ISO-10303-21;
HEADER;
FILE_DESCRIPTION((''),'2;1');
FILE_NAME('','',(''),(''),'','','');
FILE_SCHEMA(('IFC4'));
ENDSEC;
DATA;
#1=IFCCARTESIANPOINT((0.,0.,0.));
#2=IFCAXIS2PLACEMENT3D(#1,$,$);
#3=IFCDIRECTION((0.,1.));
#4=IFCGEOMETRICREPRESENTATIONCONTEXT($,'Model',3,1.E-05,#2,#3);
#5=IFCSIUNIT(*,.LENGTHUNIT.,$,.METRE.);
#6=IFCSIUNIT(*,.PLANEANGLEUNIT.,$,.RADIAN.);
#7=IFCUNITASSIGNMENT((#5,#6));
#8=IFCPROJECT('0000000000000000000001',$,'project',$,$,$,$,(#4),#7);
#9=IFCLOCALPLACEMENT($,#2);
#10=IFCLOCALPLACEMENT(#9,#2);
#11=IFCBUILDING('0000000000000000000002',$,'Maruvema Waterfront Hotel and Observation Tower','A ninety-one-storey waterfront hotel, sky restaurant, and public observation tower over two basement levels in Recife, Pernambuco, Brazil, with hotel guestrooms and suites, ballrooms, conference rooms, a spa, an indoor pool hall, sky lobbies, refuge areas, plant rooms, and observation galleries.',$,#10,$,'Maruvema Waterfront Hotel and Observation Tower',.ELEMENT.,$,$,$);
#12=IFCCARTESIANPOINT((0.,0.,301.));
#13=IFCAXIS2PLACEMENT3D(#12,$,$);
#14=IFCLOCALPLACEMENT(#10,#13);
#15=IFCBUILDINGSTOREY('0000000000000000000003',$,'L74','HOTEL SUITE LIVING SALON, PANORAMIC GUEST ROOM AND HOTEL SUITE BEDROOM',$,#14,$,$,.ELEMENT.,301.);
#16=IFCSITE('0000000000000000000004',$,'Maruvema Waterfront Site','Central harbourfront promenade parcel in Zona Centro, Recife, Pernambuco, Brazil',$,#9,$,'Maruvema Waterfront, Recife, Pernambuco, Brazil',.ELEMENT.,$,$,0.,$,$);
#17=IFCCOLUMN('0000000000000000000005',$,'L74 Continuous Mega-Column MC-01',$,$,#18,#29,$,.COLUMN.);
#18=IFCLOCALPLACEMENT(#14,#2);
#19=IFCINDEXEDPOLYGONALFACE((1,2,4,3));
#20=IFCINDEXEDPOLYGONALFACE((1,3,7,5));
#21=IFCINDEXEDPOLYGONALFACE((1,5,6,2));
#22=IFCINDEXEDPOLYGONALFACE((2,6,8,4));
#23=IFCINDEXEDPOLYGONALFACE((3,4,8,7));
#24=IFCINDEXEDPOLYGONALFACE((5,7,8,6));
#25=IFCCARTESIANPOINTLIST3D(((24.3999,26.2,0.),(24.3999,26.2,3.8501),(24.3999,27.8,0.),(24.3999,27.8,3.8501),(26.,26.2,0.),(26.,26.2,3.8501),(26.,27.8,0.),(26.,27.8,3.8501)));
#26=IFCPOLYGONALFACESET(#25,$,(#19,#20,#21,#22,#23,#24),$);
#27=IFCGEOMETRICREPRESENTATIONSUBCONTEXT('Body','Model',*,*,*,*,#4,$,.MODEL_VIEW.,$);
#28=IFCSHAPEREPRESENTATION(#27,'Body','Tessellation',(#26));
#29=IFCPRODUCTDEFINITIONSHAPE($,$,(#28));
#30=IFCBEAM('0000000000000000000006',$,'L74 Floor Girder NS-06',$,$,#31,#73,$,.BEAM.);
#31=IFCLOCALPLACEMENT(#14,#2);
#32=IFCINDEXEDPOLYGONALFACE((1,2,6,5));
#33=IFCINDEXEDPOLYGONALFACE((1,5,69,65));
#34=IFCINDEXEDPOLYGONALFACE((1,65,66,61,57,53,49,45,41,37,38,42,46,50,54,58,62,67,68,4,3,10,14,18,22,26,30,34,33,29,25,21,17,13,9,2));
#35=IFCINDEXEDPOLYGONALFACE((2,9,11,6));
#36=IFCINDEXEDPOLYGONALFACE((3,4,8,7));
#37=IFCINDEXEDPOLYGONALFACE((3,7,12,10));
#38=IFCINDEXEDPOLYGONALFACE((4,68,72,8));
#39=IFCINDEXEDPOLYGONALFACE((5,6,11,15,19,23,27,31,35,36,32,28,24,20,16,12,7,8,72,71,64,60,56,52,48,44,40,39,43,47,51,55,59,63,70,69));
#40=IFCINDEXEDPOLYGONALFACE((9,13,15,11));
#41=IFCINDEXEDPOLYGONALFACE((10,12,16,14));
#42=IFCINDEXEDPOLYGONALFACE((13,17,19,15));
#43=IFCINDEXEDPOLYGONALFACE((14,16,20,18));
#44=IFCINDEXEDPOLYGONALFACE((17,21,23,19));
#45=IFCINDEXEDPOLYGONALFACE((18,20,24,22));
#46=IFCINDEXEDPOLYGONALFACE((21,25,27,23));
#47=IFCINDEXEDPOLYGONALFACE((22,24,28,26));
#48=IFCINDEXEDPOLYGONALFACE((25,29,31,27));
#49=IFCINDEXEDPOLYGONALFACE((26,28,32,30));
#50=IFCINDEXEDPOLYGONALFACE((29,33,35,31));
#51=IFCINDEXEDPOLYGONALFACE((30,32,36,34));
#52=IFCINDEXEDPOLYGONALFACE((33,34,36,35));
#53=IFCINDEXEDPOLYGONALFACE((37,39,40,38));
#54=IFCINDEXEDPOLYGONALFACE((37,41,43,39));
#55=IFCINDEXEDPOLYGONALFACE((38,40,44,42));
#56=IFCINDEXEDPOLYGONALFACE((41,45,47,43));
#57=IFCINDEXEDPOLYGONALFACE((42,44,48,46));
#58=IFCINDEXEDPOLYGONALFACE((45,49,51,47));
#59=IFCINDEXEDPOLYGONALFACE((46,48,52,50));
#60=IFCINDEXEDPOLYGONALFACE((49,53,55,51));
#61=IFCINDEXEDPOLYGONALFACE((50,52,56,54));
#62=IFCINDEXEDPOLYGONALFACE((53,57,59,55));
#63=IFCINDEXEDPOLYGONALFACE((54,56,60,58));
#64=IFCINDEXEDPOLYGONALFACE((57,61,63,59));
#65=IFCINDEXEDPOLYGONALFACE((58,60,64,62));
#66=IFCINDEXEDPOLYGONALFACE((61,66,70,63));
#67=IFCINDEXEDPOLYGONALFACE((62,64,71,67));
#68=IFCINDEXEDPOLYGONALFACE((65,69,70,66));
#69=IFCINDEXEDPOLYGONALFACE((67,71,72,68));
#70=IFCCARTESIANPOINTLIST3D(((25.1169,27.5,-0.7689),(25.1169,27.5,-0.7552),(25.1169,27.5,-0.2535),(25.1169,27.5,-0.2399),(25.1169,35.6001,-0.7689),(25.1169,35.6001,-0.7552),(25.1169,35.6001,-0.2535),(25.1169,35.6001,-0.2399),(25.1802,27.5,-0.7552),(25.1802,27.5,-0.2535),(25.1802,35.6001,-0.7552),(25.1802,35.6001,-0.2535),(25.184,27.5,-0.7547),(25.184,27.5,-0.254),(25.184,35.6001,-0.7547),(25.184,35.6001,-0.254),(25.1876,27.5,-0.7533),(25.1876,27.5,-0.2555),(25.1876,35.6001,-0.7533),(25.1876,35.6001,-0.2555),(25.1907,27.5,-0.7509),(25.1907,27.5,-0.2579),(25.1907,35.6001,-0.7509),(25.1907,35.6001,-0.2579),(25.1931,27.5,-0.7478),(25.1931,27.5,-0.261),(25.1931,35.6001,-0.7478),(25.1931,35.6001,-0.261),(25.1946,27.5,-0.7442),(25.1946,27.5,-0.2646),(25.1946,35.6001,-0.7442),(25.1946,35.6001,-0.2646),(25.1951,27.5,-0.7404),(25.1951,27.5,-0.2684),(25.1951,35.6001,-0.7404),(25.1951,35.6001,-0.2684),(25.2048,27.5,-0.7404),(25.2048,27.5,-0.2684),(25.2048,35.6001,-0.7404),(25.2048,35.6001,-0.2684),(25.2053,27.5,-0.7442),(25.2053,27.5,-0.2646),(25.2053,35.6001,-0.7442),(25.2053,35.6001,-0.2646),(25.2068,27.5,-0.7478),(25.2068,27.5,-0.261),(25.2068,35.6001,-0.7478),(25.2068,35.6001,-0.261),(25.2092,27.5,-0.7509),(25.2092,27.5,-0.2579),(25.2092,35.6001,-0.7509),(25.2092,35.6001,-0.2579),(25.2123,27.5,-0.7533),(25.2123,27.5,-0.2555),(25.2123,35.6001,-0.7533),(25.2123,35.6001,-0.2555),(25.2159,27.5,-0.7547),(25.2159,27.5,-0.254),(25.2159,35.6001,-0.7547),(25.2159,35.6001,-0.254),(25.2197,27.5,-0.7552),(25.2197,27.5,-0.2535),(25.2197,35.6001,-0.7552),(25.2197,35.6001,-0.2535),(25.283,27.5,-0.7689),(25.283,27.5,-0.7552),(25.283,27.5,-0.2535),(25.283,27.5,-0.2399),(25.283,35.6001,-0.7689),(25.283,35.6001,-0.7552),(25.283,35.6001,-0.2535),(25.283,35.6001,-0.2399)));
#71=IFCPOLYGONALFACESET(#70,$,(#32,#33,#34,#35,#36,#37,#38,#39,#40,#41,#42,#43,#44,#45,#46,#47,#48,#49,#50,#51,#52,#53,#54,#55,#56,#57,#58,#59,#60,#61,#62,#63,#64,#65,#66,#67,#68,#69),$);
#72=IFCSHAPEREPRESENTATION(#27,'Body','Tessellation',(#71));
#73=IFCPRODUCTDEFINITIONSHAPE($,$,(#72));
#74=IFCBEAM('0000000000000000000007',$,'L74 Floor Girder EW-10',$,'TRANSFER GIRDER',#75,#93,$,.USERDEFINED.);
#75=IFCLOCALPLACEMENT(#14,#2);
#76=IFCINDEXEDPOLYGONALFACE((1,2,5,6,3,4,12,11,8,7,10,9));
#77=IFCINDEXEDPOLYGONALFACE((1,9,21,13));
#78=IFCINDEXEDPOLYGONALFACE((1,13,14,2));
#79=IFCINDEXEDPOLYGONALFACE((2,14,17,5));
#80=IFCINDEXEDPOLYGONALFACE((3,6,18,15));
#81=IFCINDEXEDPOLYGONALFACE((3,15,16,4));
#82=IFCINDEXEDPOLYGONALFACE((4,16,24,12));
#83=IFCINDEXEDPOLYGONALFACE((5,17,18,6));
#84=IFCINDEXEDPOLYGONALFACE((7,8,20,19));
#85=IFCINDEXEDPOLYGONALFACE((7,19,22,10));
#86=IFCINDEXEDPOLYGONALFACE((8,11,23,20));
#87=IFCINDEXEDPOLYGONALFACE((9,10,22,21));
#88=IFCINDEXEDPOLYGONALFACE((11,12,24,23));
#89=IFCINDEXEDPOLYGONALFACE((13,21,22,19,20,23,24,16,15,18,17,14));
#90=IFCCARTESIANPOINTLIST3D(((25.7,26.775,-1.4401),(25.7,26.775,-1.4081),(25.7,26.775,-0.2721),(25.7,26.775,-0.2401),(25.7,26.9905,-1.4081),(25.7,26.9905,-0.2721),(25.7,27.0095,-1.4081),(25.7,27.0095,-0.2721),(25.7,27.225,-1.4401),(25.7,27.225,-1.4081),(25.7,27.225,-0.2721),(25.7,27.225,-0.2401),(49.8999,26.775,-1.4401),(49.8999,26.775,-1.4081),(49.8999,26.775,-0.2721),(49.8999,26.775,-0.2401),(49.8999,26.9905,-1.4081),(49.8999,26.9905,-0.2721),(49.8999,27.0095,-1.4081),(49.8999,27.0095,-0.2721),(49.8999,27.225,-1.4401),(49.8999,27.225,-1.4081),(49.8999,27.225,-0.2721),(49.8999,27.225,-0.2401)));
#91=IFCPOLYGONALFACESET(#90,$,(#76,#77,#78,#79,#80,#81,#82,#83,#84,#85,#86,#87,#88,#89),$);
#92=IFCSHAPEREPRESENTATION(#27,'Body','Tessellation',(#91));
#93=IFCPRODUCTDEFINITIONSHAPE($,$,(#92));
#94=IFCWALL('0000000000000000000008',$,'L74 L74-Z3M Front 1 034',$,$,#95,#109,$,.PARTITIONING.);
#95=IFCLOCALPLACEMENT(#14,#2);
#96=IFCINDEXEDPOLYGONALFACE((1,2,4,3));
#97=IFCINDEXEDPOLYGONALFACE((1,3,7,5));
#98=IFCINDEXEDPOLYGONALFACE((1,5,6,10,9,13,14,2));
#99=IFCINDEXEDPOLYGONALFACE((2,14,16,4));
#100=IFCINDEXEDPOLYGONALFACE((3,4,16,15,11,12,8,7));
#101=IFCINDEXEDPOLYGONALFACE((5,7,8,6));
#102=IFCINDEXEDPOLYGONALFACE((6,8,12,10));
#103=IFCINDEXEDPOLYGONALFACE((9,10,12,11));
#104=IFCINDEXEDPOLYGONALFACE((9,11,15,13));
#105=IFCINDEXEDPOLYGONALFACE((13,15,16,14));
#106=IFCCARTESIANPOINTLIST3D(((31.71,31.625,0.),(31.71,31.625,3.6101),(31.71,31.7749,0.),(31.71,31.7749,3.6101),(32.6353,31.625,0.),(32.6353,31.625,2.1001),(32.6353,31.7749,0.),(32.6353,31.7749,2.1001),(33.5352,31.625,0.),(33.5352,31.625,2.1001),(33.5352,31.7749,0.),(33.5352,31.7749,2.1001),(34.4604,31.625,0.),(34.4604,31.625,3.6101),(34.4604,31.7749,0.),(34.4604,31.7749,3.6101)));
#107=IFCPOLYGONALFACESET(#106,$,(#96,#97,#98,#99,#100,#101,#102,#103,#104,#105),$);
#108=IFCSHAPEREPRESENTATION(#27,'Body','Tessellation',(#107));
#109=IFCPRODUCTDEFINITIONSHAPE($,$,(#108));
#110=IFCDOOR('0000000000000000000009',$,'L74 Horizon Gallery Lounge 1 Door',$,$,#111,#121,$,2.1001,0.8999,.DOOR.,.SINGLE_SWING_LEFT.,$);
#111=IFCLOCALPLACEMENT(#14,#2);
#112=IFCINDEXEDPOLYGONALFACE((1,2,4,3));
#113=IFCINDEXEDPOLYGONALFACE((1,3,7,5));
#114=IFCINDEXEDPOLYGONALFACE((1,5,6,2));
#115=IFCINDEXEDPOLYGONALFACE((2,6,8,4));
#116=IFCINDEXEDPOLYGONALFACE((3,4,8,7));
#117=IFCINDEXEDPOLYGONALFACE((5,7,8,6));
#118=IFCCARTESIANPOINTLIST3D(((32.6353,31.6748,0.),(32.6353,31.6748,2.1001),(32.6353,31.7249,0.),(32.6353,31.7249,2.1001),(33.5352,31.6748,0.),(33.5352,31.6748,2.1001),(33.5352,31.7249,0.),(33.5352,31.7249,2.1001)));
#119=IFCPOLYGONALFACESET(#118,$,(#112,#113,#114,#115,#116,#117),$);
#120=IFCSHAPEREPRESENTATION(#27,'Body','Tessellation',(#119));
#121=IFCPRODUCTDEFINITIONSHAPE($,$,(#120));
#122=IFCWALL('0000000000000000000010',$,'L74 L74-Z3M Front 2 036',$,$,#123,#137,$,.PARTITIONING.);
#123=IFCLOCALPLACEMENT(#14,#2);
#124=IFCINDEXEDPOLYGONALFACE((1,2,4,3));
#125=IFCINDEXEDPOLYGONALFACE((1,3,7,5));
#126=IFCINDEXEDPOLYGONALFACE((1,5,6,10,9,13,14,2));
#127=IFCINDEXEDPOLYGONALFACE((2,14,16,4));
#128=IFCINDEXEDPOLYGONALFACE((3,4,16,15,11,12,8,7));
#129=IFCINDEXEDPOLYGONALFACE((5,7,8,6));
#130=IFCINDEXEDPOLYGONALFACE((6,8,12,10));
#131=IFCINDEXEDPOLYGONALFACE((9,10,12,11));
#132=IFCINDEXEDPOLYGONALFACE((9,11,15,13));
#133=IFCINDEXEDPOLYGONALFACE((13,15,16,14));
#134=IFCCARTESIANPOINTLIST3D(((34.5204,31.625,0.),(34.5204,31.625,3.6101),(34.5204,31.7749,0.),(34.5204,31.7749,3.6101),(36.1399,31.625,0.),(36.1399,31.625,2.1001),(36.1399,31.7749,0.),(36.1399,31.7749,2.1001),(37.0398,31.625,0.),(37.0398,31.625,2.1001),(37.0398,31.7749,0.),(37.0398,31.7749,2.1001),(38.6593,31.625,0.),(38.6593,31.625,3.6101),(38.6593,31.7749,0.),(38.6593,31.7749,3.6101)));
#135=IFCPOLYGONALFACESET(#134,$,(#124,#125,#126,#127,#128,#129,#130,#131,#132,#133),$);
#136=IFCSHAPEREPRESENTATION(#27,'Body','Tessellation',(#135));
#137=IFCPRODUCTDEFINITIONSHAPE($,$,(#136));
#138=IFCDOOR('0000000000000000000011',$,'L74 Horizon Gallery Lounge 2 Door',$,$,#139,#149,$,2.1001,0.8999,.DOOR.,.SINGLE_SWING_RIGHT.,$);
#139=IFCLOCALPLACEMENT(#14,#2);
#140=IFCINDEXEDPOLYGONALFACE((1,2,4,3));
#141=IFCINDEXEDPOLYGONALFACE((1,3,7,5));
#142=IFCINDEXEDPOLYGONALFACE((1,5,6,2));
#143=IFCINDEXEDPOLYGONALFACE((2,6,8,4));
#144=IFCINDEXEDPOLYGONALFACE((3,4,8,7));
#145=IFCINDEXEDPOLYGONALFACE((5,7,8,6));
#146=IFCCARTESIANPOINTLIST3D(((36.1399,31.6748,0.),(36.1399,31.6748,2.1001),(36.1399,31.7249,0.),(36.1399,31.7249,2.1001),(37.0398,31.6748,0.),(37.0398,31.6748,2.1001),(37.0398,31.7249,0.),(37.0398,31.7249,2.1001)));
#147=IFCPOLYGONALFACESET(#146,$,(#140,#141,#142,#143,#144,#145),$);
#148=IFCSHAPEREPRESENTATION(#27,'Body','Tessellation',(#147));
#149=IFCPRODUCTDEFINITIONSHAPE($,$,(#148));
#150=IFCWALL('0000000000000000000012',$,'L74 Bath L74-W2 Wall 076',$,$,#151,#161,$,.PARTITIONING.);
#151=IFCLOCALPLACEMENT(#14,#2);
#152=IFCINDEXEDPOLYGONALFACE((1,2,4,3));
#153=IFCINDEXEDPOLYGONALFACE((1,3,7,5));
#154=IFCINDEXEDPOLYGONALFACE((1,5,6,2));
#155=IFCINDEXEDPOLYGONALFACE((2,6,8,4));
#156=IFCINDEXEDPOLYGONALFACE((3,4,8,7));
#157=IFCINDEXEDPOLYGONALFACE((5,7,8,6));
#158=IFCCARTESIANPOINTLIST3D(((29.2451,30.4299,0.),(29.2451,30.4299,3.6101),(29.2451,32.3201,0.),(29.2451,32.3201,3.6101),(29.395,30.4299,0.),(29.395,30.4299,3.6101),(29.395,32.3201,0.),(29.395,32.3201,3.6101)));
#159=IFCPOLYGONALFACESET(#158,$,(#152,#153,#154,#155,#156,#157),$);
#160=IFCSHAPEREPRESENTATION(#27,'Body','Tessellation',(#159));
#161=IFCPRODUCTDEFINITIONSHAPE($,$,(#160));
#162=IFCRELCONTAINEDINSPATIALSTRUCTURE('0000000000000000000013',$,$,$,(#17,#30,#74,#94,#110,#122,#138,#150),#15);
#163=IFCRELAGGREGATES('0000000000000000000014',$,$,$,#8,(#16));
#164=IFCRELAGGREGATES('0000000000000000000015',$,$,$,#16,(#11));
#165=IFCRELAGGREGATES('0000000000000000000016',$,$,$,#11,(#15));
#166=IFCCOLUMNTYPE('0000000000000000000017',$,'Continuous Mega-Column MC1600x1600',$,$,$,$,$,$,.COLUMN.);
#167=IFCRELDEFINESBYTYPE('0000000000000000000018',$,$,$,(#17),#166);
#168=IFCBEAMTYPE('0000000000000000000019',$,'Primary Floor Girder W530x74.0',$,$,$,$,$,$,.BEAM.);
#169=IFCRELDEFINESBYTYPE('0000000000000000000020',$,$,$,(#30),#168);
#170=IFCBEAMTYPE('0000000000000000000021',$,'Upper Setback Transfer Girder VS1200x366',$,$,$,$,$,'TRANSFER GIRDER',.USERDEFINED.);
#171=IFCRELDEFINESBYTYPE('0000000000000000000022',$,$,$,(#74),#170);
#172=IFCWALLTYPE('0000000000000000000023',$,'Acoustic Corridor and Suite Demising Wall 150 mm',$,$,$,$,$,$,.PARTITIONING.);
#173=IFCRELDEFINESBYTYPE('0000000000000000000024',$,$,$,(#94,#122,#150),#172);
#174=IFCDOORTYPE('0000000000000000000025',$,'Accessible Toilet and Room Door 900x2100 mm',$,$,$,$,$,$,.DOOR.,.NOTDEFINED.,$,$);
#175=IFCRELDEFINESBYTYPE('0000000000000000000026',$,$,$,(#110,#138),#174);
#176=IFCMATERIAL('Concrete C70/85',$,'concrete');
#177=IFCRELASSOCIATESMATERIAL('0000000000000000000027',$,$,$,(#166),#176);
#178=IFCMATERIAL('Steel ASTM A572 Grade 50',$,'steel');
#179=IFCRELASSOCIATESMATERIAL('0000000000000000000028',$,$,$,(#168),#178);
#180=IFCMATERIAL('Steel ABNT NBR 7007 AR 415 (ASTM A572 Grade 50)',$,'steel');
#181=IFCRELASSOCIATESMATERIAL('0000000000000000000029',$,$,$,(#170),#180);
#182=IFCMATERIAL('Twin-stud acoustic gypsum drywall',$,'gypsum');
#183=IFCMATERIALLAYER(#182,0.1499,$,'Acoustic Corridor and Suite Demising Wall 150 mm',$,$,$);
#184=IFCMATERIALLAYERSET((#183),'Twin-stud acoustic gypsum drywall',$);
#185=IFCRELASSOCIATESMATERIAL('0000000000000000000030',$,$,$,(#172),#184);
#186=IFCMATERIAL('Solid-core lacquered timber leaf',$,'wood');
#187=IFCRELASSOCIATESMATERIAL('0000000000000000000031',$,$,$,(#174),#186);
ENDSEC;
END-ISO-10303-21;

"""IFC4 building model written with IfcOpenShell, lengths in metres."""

from ifc_helpers import new_model, si_unit, direction, frame, frame_2d, origin, origin_2d, place, context, subcontext, project, spatial, rectangle, i_section, extrude, material, layer, layer_set, material_profile, profile_set, type_object, element, fill, save


model = new_model("IFC4")

# Units and contexts
model_context = context("Model", 3, precision=1e-05, world=origin(), true_north=direction((0.0, 1.0)))
body_context = subcontext(model_context, "Body", "Model", "MODEL_VIEW")
ifc_project = project(units=[si_unit("LENGTHUNIT", "METRE"), si_unit("PLANEANGLEUNIT", "RADIAN")], contexts=[model_context])

# Site, building, storey
site_placement = place(None, origin())
site = spatial("IfcSite", under=ifc_project, at=site_placement, Name="Maruvema Waterfront Site", Description="Central harbourfront promenade parcel in Zona Centro, Recife, Pernambuco, Brazil", LongName="Maruvema Waterfront, Recife, Pernambuco, Brazil", CompositionType="ELEMENT", RefElevation=0.0)
building_placement = place(site_placement, origin())
building = spatial("IfcBuilding", under=site, at=building_placement, Name="Maruvema Waterfront Hotel and Observation Tower", Description="A ninety-one-storey waterfront hotel, sky restaurant, and public observation tower over two basement levels in Recife, Pernambuco, Brazil, with hotel guestrooms and suites, ballrooms, conference rooms, a spa, an indoor pool hall, sky lobbies, refuge areas, plant rooms, and observation galleries.", LongName="Maruvema Waterfront Hotel and Observation Tower", CompositionType="ELEMENT")
storey_placement = place(building_placement, frame((0.0, 0.0, 301.0)))
storey = spatial("IfcBuildingStorey", under=building, at=storey_placement, Name="L74", Description="HOTEL SUITE LIVING SALON, PANORAMIC GUEST ROOM AND HOTEL SUITE BEDROOM", CompositionType="ELEMENT", Elevation=301.0)

# Column
ifc_material_1 = material(Name="Concrete C70/85", Category="concrete")
ifc_material_profile_1 = material_profile(ifc_material_1, rectangle(XDim=1.6001, YDim=1.6001, at=origin_2d()), Name="MC1600x1600")
ifc_profile_set_1 = profile_set([ifc_material_profile_1], Name="Concrete C70/85")
column_type = type_object("IfcColumnType", Name="Continuous Mega-Column MC1600x1600", PredefinedType="COLUMN", material=ifc_profile_set_1)
column_placement = place(storey_placement, frame((25.2, 27.0, 0.0), z_axis=(0.0, 0.0, 1.0), x_axis=(1.0, 0.0, 0.0)))
element("IfcColumn", 1, at=column_placement, inside=storey, type_object=column_type, Name="L74 Continuous Mega-Column MC-01", PredefinedType="COLUMN", context=body_context, shape_type="SweptSolid", body=[
    extrude(rectangle(XDim=1.6001, YDim=1.6001, at=origin_2d()), origin(), (0.0, 0.0, 1.0), 3.8501),
])

# Beams
ifc_material_2 = material(Name="Steel ASTM A572 Grade 50", Category="steel")
ifc_material_profile_2 = material_profile(ifc_material_2, i_section(OverallWidth=0.166, OverallDepth=0.5291, WebThickness=0.0098, FlangeThickness=0.0137, FilletRadius=0.0149, at=origin_2d()), Name="W530x74.0")
ifc_profile_set_2 = profile_set([ifc_material_profile_2], Name="Steel ASTM A572 Grade 50")
beam_type_1 = type_object("IfcBeamType", Name="Primary Floor Girder W530x74.0", PredefinedType="BEAM", material=ifc_profile_set_2)
beam_1_placement = place(storey_placement, frame((25.2, 27.5, -0.5044), z_axis=(0.0, 1.0, 0.0), x_axis=(-1.0, 0.0, 0.0)))
element("IfcBeam", 2, at=beam_1_placement, inside=storey, type_object=beam_type_1, Name="L74 Floor Girder NS-06", PredefinedType="BEAM", context=body_context, shape_type="SweptSolid", body=[
    extrude(i_section(OverallWidth=0.166, OverallDepth=0.5291, WebThickness=0.0098, FlangeThickness=0.0137, FilletRadius=0.0149, at=origin_2d()), origin(), (0.0, 0.0, 1.0), 8.1001),
])
ifc_material_3 = material(Name="Steel ABNT NBR 7007 AR 415 (ASTM A572 Grade 50)", Category="steel")
ifc_material_profile_3 = material_profile(ifc_material_3, i_section(OverallWidth=0.45, OverallDepth=1.2, WebThickness=0.019, FlangeThickness=0.032, at=origin_2d()), Name="VS1200x366")
ifc_profile_set_3 = profile_set([ifc_material_profile_3], Name="Steel ABNT NBR 7007 AR 415 (ASTM A572 Grade 50)")
beam_type_2 = type_object("IfcBeamType", Name="Upper Setback Transfer Girder VS1200x366", ElementType="TRANSFER GIRDER", PredefinedType="USERDEFINED", material=ifc_profile_set_3)
beam_2_placement = place(storey_placement, frame((25.7, 27.0, -0.8401), z_axis=(1.0, 0.0, 0.0), x_axis=(0.0, 1.0, 0.0)))
element("IfcBeam", 3, at=beam_2_placement, inside=storey, type_object=beam_type_2, Name="L74 Floor Girder EW-10", ObjectType="TRANSFER GIRDER", PredefinedType="USERDEFINED", context=body_context, shape_type="SweptSolid", body=[
    extrude(i_section(OverallWidth=0.45, OverallDepth=1.2, WebThickness=0.019, FlangeThickness=0.032, at=origin_2d()), origin(), (0.0, 0.0, 1.0), 24.2),
])

# Walls, openings, doors
ifc_material_4 = material(Name="Twin-stud acoustic gypsum drywall", Category="gypsum")
ifc_layer_1 = layer(ifc_material_4, 0.1499, Name="Acoustic Corridor and Suite Demising Wall 150 mm")
ifc_layer_set_1 = layer_set([ifc_layer_1], Name="Twin-stud acoustic gypsum drywall")
wall_type_1 = type_object("IfcWallType", Name="Acoustic Corridor and Suite Demising Wall 150 mm", PredefinedType="PARTITIONING", material=ifc_layer_set_1)
wall_1_placement = place(storey_placement, frame((31.71, 31.7, 0.0), z_axis=(0.0, 0.0, 1.0), x_axis=(1.0, 0.0, 0.0)))
wall_1 = element("IfcWall", 4, at=wall_1_placement, inside=storey, type_object=wall_type_1, Name="L74 L74-Z3M Front 1 034", PredefinedType="PARTITIONING", context=body_context, shape_type="SweptSolid", body=[
    extrude(rectangle(XDim=2.7505, YDim=0.1499, at=frame_2d((1.3752, 0.0))), origin(), (0.0, 0.0, 1.0), 3.6101),
])
opening_1_placement = place(wall_1_placement, frame((0.9253, 0.0, 0.0)))
opening_1 = element("IfcOpeningElement", 5, at=opening_1_placement, cuts=wall_1, PredefinedType="OPENING", context=body_context, shape_type="SweptSolid", body=[
    extrude(rectangle(XDim=0.8999, YDim=2.1001, at=frame_2d((0.45, 1.05))), frame((0.0, 0.085, 0.0), z_axis=(0.0, -1.0, 0.0), x_axis=(1.0, 0.0, 0.0)), (0.0, 0.0, 1.0), 0.1699),
])
ifc_material_5 = material(Name="Solid-core lacquered timber leaf", Category="wood")
door_type_1 = type_object("IfcDoorType", Name="Accessible Toilet and Room Door 900x2100 mm", OperationType="NOTDEFINED", PredefinedType="DOOR", material=ifc_material_5)
door_1_placement = place(opening_1_placement, origin())
door_1 = element("IfcDoor", 6, at=door_1_placement, inside=storey, type_object=door_type_1, Name="L74 Horizon Gallery Lounge 1 Door", OperationType="SINGLE_SWING_LEFT", OverallHeight=2.1001, OverallWidth=0.8999, PredefinedType="DOOR", context=body_context, shape_type="SweptSolid", body=[
    extrude(rectangle(XDim=0.8999, YDim=2.1001, at=frame_2d((0.45, 1.05))), frame((0.0, 0.0249, 0.0), z_axis=(0.0, -1.0, 0.0), x_axis=(1.0, 0.0, 0.0)), (0.0, 0.0, 1.0), 0.05),
])
fill(opening_1, door_1)
wall_2_placement = place(storey_placement, frame((34.5205, 31.7, 0.0), z_axis=(0.0, 0.0, 1.0), x_axis=(1.0, 0.0, 0.0)))
wall_2 = element("IfcWall", 7, at=wall_2_placement, inside=storey, type_object=wall_type_1, Name="L74 L74-Z3M Front 2 036", PredefinedType="PARTITIONING", context=body_context, shape_type="SweptSolid", body=[
    extrude(rectangle(XDim=4.1389, YDim=0.1499, at=frame_2d((2.0693, 0.0))), origin(), (0.0, 0.0, 1.0), 3.6101),
])
opening_2_placement = place(wall_2_placement, frame((1.6194, 0.0, 0.0)))
opening_2 = element("IfcOpeningElement", 8, at=opening_2_placement, cuts=wall_2, PredefinedType="OPENING", context=body_context, shape_type="SweptSolid", body=[
    extrude(rectangle(XDim=0.8999, YDim=2.1001, at=frame_2d((0.45, 1.05))), frame((0.0, 0.085, 0.0), z_axis=(0.0, -1.0, 0.0), x_axis=(1.0, 0.0, 0.0)), (0.0, 0.0, 1.0), 0.1699),
])
door_2_placement = place(opening_2_placement, origin())
door_2 = element("IfcDoor", 9, at=door_2_placement, inside=storey, type_object=door_type_1, Name="L74 Horizon Gallery Lounge 2 Door", OperationType="SINGLE_SWING_RIGHT", OverallHeight=2.1001, OverallWidth=0.8999, PredefinedType="DOOR", context=body_context, shape_type="SweptSolid", body=[
    extrude(rectangle(XDim=0.8999, YDim=2.1001, at=frame_2d((0.45, 1.05))), frame((0.0, 0.0249, 0.0), z_axis=(0.0, -1.0, 0.0), x_axis=(1.0, 0.0, 0.0)), (0.0, 0.0, 1.0), 0.05),
])
fill(opening_2, door_2)

# Wall
wall_3_placement = place(storey_placement, frame((29.3201, 30.4299, 0.0), z_axis=(0.0, 0.0, 1.0), x_axis=(0.0, 1.0, 0.0)))
element("IfcWall", 10, at=wall_3_placement, inside=storey, type_object=wall_type_1, Name="L74 Bath L74-W2 Wall 076", PredefinedType="PARTITIONING", context=body_context, shape_type="SweptSolid", body=[
    extrude(rectangle(XDim=1.8901, YDim=0.1499, at=frame_2d((0.9451, 0.0))), origin(), (0.0, 0.0, 1.0), 3.6101),
])

save(model, "model.ifc")
